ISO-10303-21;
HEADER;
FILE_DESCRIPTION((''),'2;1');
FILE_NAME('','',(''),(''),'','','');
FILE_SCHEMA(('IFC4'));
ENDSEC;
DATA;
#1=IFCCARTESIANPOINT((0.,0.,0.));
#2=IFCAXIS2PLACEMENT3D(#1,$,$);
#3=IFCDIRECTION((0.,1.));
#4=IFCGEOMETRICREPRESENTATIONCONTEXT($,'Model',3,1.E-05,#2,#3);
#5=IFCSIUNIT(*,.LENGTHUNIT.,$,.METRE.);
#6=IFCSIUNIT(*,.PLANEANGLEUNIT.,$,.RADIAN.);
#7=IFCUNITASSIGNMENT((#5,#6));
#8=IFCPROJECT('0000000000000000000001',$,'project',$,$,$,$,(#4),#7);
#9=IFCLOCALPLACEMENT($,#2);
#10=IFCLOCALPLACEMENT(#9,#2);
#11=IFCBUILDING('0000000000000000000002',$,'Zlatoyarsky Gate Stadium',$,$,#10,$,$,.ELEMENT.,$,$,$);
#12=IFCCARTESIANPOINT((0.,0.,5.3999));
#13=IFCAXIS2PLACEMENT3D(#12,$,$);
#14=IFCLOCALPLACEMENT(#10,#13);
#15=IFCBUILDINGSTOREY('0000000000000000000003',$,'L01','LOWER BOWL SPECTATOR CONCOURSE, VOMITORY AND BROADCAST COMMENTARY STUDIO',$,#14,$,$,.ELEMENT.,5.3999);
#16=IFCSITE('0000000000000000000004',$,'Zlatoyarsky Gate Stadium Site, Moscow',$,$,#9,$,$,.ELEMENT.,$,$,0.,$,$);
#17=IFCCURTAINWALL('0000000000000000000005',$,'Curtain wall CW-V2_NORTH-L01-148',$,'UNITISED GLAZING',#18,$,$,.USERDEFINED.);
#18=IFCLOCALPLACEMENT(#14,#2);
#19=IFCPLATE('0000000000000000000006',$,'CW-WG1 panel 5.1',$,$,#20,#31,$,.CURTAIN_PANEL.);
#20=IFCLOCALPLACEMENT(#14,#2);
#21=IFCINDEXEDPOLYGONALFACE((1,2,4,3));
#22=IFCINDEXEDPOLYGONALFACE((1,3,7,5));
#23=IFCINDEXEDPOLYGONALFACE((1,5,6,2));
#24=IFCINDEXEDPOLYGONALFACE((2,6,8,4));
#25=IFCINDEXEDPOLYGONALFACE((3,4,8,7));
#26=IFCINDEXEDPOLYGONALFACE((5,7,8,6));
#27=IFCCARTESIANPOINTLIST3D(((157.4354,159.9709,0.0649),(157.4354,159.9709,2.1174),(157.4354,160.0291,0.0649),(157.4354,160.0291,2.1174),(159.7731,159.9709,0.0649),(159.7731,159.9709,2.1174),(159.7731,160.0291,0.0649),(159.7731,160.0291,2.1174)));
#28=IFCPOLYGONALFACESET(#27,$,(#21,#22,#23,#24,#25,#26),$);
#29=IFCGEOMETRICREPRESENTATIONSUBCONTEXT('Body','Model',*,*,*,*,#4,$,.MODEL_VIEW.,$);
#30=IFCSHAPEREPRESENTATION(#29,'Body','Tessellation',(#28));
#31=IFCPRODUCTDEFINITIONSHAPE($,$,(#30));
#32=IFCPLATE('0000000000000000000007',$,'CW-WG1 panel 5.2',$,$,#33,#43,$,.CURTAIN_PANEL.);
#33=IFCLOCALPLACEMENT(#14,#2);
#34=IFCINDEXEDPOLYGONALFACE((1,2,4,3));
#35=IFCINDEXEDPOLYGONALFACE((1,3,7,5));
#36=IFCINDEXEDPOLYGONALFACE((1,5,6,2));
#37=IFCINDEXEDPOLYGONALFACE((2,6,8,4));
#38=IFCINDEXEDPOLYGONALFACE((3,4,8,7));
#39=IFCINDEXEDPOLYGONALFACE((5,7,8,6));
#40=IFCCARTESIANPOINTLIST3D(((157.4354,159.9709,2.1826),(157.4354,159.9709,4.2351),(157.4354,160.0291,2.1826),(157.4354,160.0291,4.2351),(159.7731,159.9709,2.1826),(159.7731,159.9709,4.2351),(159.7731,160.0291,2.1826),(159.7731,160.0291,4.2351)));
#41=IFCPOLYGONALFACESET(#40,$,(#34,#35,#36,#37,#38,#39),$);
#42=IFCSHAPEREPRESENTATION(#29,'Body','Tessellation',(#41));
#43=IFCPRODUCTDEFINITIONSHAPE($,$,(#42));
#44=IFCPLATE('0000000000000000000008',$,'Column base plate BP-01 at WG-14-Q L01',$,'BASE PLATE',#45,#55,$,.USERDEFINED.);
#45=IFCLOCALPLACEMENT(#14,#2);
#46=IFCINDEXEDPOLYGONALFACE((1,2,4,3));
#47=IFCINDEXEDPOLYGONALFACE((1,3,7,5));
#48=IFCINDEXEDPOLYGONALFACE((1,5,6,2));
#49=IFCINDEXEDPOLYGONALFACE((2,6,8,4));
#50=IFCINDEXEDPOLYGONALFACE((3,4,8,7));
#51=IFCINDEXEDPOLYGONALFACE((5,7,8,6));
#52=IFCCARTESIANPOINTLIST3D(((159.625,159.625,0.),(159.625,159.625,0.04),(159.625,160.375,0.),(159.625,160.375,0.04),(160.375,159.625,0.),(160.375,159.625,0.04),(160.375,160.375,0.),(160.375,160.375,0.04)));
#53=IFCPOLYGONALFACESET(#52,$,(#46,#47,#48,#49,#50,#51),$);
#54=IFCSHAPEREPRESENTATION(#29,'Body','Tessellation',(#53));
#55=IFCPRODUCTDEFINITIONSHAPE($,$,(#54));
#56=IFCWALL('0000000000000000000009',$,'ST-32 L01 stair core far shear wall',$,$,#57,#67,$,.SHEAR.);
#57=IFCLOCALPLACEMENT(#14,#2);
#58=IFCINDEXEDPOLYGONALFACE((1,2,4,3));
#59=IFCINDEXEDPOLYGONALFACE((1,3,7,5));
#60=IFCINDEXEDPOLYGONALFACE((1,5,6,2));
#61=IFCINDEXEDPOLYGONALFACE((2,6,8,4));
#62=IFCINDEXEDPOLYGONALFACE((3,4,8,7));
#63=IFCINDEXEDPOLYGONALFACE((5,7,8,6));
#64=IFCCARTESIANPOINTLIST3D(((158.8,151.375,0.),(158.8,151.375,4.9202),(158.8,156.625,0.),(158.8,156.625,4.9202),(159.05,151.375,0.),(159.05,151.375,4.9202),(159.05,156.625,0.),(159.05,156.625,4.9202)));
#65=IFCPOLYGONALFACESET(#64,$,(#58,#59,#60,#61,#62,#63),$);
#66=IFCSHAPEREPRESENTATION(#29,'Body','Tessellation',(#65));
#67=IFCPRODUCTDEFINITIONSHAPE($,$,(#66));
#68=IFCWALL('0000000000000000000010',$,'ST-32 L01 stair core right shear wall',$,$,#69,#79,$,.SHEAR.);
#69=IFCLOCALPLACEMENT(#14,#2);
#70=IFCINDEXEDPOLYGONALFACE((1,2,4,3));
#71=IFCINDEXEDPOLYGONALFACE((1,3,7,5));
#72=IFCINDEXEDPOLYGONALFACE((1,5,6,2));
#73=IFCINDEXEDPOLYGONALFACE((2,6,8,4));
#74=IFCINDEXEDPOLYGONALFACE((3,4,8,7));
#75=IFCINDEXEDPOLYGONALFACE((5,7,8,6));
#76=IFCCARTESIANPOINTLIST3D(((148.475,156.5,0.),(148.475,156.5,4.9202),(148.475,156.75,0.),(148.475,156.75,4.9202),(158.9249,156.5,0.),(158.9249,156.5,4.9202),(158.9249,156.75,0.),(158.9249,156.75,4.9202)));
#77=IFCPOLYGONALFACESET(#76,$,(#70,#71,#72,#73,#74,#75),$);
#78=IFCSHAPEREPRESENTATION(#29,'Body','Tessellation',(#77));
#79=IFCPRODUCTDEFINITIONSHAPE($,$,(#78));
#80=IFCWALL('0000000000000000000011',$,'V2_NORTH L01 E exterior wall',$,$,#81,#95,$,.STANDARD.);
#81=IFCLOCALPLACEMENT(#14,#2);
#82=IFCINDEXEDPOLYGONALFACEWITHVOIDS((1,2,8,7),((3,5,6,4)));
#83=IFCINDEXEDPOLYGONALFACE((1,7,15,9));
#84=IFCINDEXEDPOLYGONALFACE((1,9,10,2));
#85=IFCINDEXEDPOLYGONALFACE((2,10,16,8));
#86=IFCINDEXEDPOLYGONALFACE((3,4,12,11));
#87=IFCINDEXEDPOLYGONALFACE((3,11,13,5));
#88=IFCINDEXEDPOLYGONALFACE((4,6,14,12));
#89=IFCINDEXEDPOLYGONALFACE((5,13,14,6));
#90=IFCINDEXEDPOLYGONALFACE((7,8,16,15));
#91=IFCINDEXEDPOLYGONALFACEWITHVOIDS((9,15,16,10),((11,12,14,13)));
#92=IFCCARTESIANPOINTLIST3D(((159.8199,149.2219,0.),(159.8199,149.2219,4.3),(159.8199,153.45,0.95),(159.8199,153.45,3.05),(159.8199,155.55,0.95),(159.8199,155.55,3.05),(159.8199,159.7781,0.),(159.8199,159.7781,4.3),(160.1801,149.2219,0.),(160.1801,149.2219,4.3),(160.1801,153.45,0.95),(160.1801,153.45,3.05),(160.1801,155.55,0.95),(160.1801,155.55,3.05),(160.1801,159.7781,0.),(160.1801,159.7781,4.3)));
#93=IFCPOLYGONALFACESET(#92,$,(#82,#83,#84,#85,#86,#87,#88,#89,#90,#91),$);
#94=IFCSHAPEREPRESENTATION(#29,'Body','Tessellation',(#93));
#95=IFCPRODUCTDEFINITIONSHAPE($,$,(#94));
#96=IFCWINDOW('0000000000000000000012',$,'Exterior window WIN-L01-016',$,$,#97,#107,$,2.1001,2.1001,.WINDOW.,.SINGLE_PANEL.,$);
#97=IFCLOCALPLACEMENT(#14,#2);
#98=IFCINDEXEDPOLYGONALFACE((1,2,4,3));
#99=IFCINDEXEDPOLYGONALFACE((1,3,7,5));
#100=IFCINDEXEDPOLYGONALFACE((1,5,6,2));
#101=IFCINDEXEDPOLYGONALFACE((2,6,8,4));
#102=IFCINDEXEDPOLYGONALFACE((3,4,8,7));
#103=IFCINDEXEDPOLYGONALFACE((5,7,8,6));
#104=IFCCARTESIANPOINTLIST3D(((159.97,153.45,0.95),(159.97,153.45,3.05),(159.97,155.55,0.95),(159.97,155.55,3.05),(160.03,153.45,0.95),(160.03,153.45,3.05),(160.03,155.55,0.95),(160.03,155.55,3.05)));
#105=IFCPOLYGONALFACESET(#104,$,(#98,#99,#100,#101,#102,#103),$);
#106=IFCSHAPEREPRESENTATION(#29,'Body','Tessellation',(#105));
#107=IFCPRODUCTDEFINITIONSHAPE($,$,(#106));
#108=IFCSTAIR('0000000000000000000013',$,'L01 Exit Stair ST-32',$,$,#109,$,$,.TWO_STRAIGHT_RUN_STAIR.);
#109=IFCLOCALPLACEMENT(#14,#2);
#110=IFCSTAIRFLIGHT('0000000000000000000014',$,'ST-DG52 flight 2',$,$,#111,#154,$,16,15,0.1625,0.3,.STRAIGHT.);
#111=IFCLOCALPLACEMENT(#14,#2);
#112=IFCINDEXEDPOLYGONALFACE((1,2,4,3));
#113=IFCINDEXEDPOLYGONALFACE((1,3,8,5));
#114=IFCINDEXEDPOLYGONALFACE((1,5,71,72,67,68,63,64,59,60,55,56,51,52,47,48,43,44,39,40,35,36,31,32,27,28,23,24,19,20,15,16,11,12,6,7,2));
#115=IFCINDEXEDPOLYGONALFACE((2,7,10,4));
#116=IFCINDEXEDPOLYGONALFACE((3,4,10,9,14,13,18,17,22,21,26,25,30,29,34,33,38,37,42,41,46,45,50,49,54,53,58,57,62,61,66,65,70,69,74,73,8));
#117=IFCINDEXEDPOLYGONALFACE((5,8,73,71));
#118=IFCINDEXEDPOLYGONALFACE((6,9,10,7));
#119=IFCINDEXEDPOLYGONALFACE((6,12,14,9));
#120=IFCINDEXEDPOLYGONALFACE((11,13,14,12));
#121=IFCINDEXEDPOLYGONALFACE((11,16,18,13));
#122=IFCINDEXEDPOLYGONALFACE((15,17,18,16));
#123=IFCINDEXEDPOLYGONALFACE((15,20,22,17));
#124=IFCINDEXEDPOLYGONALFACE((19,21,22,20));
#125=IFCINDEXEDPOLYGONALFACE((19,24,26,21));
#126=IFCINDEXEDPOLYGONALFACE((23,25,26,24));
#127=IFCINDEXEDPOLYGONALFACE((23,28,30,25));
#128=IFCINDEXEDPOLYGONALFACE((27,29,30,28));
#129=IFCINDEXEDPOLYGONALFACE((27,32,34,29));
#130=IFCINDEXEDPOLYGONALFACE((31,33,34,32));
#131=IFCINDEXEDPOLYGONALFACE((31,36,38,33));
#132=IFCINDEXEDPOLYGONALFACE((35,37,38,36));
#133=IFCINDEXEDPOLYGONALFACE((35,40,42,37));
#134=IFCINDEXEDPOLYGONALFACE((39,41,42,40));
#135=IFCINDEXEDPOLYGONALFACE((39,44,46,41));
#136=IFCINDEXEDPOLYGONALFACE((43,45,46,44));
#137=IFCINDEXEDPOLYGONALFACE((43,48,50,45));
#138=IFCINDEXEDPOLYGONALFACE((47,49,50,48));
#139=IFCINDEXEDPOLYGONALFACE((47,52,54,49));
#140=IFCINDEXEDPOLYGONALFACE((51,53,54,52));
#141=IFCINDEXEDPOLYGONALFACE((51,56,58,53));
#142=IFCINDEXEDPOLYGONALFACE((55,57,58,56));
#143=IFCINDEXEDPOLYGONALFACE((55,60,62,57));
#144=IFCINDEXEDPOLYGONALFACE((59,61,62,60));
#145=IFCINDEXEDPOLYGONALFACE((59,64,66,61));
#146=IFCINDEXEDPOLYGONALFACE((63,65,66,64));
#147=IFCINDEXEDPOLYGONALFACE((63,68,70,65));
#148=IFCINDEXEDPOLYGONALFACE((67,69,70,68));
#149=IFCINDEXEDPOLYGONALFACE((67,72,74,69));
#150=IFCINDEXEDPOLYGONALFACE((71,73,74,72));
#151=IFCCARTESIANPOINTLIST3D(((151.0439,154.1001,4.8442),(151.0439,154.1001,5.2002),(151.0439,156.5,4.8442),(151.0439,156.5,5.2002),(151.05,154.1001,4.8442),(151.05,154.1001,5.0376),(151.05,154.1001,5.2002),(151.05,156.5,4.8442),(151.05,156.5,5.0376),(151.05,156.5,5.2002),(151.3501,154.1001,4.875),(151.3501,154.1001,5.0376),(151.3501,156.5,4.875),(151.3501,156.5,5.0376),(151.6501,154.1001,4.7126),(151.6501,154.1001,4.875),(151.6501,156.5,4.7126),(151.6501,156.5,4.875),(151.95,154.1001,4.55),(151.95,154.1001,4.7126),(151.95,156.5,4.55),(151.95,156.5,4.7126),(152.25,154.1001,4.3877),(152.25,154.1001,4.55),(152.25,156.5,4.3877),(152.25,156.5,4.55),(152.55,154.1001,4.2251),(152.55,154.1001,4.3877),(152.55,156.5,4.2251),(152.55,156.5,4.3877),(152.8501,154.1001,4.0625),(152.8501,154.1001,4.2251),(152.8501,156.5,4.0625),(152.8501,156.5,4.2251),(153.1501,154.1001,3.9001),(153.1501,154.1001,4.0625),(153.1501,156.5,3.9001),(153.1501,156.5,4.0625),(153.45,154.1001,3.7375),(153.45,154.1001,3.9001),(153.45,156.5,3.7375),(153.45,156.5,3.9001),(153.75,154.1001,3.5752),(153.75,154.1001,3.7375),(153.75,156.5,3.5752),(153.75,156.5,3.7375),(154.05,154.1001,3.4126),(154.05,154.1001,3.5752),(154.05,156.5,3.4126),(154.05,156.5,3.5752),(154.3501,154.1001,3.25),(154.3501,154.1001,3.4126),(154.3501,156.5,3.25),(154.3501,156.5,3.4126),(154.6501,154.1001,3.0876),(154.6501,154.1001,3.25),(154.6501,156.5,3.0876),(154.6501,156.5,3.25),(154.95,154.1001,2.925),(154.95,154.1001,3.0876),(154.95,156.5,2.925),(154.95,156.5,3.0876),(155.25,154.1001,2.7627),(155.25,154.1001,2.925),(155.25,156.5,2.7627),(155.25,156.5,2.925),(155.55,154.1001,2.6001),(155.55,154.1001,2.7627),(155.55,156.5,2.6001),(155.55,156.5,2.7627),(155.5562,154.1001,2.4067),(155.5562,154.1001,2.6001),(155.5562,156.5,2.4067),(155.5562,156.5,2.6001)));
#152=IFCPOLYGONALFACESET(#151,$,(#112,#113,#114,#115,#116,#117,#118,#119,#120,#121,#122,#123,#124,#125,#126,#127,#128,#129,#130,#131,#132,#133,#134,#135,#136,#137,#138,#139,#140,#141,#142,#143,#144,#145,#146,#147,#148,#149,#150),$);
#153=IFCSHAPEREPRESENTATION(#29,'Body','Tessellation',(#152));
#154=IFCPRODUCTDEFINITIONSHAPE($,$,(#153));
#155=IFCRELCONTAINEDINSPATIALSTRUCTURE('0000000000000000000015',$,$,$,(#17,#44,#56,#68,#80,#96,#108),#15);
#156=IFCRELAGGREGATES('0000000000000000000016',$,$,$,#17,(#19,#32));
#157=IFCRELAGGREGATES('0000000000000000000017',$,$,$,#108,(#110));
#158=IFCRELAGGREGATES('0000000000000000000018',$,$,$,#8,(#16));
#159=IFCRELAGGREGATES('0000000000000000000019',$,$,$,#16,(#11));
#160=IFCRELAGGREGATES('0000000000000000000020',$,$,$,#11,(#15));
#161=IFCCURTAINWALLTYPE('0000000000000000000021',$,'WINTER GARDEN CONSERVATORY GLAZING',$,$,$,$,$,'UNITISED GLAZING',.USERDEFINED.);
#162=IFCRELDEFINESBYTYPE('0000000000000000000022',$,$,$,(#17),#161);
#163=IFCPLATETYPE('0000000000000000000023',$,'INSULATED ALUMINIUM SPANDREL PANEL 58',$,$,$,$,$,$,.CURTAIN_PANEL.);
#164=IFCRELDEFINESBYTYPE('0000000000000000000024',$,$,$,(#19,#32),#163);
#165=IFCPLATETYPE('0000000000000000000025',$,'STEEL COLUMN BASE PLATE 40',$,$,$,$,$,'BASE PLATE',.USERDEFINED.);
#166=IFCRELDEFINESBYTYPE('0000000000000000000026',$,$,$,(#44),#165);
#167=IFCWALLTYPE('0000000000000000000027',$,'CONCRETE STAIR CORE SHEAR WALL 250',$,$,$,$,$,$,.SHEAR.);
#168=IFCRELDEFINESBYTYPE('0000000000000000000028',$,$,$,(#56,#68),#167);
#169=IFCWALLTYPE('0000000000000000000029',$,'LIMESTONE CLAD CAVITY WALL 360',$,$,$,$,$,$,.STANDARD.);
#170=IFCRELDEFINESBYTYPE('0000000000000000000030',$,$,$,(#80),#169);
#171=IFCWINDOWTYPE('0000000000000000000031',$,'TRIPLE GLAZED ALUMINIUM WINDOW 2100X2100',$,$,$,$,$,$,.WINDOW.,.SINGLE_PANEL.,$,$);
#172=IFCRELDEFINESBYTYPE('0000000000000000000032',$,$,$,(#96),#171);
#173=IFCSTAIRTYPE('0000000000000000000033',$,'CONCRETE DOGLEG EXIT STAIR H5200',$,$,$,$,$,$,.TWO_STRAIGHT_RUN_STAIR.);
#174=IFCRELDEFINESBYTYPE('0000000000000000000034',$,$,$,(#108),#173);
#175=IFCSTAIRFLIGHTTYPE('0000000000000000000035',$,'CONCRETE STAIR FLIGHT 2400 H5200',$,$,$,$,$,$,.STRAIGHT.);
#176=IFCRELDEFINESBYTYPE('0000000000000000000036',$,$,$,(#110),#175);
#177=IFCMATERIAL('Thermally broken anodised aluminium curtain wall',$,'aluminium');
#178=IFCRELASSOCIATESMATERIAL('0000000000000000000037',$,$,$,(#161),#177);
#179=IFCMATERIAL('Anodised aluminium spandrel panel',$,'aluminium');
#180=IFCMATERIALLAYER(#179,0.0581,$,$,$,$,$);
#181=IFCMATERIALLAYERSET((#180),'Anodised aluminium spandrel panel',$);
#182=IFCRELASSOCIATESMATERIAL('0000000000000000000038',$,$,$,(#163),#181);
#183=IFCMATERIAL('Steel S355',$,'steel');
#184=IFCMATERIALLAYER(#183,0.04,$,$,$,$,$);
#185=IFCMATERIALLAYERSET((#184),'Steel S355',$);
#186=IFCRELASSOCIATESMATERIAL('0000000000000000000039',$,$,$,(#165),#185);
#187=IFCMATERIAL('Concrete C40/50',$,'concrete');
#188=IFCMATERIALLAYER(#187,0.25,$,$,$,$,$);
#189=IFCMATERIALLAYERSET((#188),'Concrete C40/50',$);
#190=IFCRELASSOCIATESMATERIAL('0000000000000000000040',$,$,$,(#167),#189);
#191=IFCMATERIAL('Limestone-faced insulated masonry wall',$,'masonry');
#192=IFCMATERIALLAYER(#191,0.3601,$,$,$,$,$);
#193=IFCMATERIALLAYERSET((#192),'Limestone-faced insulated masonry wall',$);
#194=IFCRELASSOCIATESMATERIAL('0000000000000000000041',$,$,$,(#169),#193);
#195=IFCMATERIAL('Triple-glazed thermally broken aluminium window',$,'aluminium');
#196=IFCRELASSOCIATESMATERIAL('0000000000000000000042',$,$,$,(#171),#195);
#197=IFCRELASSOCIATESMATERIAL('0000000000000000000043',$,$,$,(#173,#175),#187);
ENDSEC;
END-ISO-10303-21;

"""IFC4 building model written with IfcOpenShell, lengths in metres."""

from ifc_helpers import new_model, si_unit, direction, frame, frame_2d, origin, origin_2d, place, context, subcontext, project, spatial, polyline, rectangle, outline, extrude, material, layer, layer_set, type_object, element, fill, aggregate, save


model = new_model("IFC4")

# Units and contexts
model_context = context("Model", 3, precision=1e-05, world=origin(), true_north=direction((0.0, 1.0)))
body_context = subcontext(model_context, "Body", "Model", "MODEL_VIEW")
ifc_project = project(units=[si_unit("LENGTHUNIT", "METRE"), si_unit("PLANEANGLEUNIT", "RADIAN")], contexts=[model_context])

# Site, building, storey
site_placement = place(None, origin())
site = spatial("IfcSite", under=ifc_project, at=site_placement, Name="Zlatoyarsky Gate Stadium Site, Moscow", CompositionType="ELEMENT", RefElevation=0.0)
building_placement = place(site_placement, origin())
building = spatial("IfcBuilding", under=site, at=building_placement, Name="Zlatoyarsky Gate Stadium", CompositionType="ELEMENT")
storey_placement = place(building_placement, frame((0.0, 0.0, 5.3999)))
storey = spatial("IfcBuildingStorey", under=building, at=storey_placement, Name="L01", Description="LOWER BOWL SPECTATOR CONCOURSE, VOMITORY AND BROADCAST COMMENTARY STUDIO", CompositionType="ELEMENT", Elevation=5.3999)

# Shared definitions
ifc_material_1 = material(Name="Steel S355", Category="steel")

# Curtain wall
ifc_material_2 = material(Name="Thermally broken anodised aluminium curtain wall", Category="aluminium")
curtain_wall_type = type_object("IfcCurtainWallType", Name="WINTER GARDEN CONSERVATORY GLAZING", ElementType="UNITISED GLAZING", PredefinedType="USERDEFINED", material=ifc_material_2)
curtain_wall_placement = place(storey_placement, origin())
curtain_wall = element("IfcCurtainWall", 1, at=curtain_wall_placement, inside=storey, type_object=curtain_wall_type, Name="Curtain wall CW-V2_NORTH-L01-148", ObjectType="UNITISED GLAZING", PredefinedType="USERDEFINED")

# Plates
ifc_material_3 = material(Name="Anodised aluminium spandrel panel", Category="aluminium")
ifc_layer_1 = layer(ifc_material_3, 0.0581)
ifc_layer_set_1 = layer_set([ifc_layer_1], Name="Anodised aluminium spandrel panel")
plate_type_1 = type_object("IfcPlateType", Name="INSULATED ALUMINIUM SPANDREL PANEL 58", PredefinedType="CURTAIN_PANEL", material=ifc_layer_set_1)
plate_1_placement = place(storey_placement, frame((158.6042, 160.0, 0.0649), z_axis=(0.0, 0.0, 1.0), x_axis=(1.0, 0.0, 0.0)))
plate_1 = element("IfcPlate", 2, at=plate_1_placement, type_object=plate_type_1, Name="CW-WG1 panel 5.1", PredefinedType="CURTAIN_PANEL", context=body_context, shape_type="SweptSolid", body=[
    extrude(rectangle(XDim=2.3376, YDim=0.0581, at=origin_2d()), origin(), (0.0, 0.0, 1.0), 2.0525),
])
plate_2_placement = place(storey_placement, frame((158.6042, 160.0, 2.1826), z_axis=(0.0, 0.0, 1.0), x_axis=(1.0, 0.0, 0.0)))
plate_2 = element("IfcPlate", 3, at=plate_2_placement, type_object=plate_type_1, Name="CW-WG1 panel 5.2", PredefinedType="CURTAIN_PANEL", context=body_context, shape_type="SweptSolid", body=[
    extrude(rectangle(XDim=2.3376, YDim=0.0581, at=origin_2d()), origin(), (0.0, 0.0, 1.0), 2.0525),
])
aggregate(curtain_wall, [plate_1, plate_2])
ifc_layer_2 = layer(ifc_material_1, 0.04)
ifc_layer_set_2 = layer_set([ifc_layer_2], Name="Steel S355")
plate_type_2 = type_object("IfcPlateType", Name="STEEL COLUMN BASE PLATE 40", ElementType="BASE PLATE", PredefinedType="USERDEFINED", material=ifc_layer_set_2)
plate_3_placement = place(storey_placement, frame((160.0, 160.0, 0.0), z_axis=(0.0, 0.0, 1.0), x_axis=(1.0, 0.0, 0.0)))
element("IfcPlate", 4, at=plate_3_placement, inside=storey, type_object=plate_type_2, Name="Column base plate BP-01 at WG-14-Q L01", ObjectType="BASE PLATE", PredefinedType="USERDEFINED", context=body_context, shape_type="SweptSolid", body=[
    extrude(rectangle(XDim=0.75, YDim=0.75, at=origin_2d()), origin(), (0.0, 0.0, 1.0), 0.04),
])

# Walls
ifc_material_4 = material(Name="Concrete C40/50", Category="concrete")
ifc_layer_3 = layer(ifc_material_4, 0.25)
ifc_layer_set_3 = layer_set([ifc_layer_3], Name="Concrete C40/50")
wall_type_1 = type_object("IfcWallType", Name="CONCRETE STAIR CORE SHEAR WALL 250", PredefinedType="SHEAR", material=ifc_layer_set_3)
wall_1_placement = place(storey_placement, frame((158.925, 151.375, 0.0), z_axis=(0.0, 0.0, 1.0), x_axis=(0.0, 1.0, 0.0)))
element("IfcWall", 5, at=wall_1_placement, inside=storey, type_object=wall_type_1, Name="ST-32 L01 stair core far shear wall", PredefinedType="SHEAR", context=body_context, shape_type="SweptSolid", body=[
    extrude(rectangle(XDim=5.25, YDim=0.25, at=frame_2d((2.625, 0.0))), origin(), (0.0, 0.0, 1.0), 4.9202),
])
wall_2_placement = place(storey_placement, frame((158.925, 156.625, 0.0), z_axis=(0.0, 0.0, 1.0), x_axis=(-1.0, 0.0, 0.0)))
element("IfcWall", 6, at=wall_2_placement, inside=storey, type_object=wall_type_1, Name="ST-32 L01 stair core right shear wall", PredefinedType="SHEAR", context=body_context, shape_type="SweptSolid", body=[
    extrude(rectangle(XDim=10.45, YDim=0.25, at=frame_2d((5.2251, 0.0))), origin(), (0.0, 0.0, 1.0), 4.9202),
])

# Wall, opening, window
ifc_material_5 = material(Name="Limestone-faced insulated masonry wall", Category="masonry")
ifc_layer_4 = layer(ifc_material_5, 0.3601)
ifc_layer_set_4 = layer_set([ifc_layer_4], Name="Limestone-faced insulated masonry wall")
wall_type_2 = type_object("IfcWallType", Name="LIMESTONE CLAD CAVITY WALL 360", PredefinedType="STANDARD", material=ifc_layer_set_4)
wall_3_placement = place(storey_placement, frame((160.0, 149.2219, 0.0), z_axis=(0.0, 0.0, 1.0), x_axis=(0.0, 1.0, 0.0)))
wall_3 = element("IfcWall", 7, at=wall_3_placement, inside=storey, type_object=wall_type_2, Name="V2_NORTH L01 E exterior wall", PredefinedType="STANDARD", context=body_context, shape_type="SweptSolid", body=[
    extrude(rectangle(XDim=10.5562, YDim=0.3601, at=frame_2d((5.2781, 0.0))), origin(), (0.0, 0.0, 1.0), 4.3),
])
opening_placement = place(wall_3_placement, frame((4.228, 0.0, 0.95)))
opening = element("IfcOpeningElement", 8, at=opening_placement, cuts=wall_3, PredefinedType="OPENING", context=body_context, shape_type="SweptSolid", body=[
    extrude(rectangle(XDim=2.1001, YDim=2.1001, at=frame_2d((1.05, 1.05))), frame((0.0, 0.1899, 0.0), z_axis=(0.0, -1.0, 0.0), x_axis=(1.0, 0.0, 0.0)), (0.0, 0.0, 1.0), 0.3801),
])
ifc_material_6 = material(Name="Triple-glazed thermally broken aluminium window", Category="aluminium")
window_type = type_object("IfcWindowType", Name="TRIPLE GLAZED ALUMINIUM WINDOW 2100X2100", PartitioningType="SINGLE_PANEL", PredefinedType="WINDOW", material=ifc_material_6)
window_placement = place(opening_placement, origin())
window = element("IfcWindow", 9, at=window_placement, inside=storey, type_object=window_type, Name="Exterior window WIN-L01-016", OverallHeight=2.1001, OverallWidth=2.1001, PartitioningType="SINGLE_PANEL", PredefinedType="WINDOW", context=body_context, shape_type="SweptSolid", body=[
    extrude(rectangle(XDim=2.1001, YDim=2.1001, at=frame_2d((1.05, 1.05))), frame((0.0, 0.03, 0.0), z_axis=(0.0, -1.0, 0.0), x_axis=(1.0, 0.0, 0.0)), (0.0, 0.0, 1.0), 0.0601),
])
fill(opening, window)

# Stair, stair flight
stair_type = type_object("IfcStairType", Name="CONCRETE DOGLEG EXIT STAIR H5200", PredefinedType="TWO_STRAIGHT_RUN_STAIR", material=ifc_material_4)
stair_placement = place(storey_placement, origin())
stair = element("IfcStair", 10, at=stair_placement, inside=storey, type_object=stair_type, Name="L01 Exit Stair ST-32", PredefinedType="TWO_STRAIGHT_RUN_STAIR")
stair_flight_type = type_object("IfcStairFlightType", Name="CONCRETE STAIR FLIGHT 2400 H5200", PredefinedType="STRAIGHT", material=ifc_material_4)
stair_flight_placement = place(storey_placement, frame((155.55, 155.3, 2.6001), z_axis=(0.0, 0.0, 1.0), x_axis=(-1.0, 0.0, 0.0)))
stair_flight = element("IfcStairFlight", 11, at=stair_flight_placement, type_object=stair_flight_type, Name="ST-DG52 flight 2", NumberOfRisers=16, NumberOfTreads=15, PredefinedType="STRAIGHT", RiserHeight=0.1625, TreadLength=0.3, context=body_context, shape_type="SweptSolid", body=[
    extrude(outline(polyline([(-0.0061, -0.1934), (-0.0061, 0.0), (0.0, 0.0), (0.0, 0.1626), (0.3, 0.1626), (0.3, 0.325), (0.6001, 0.325), (0.6001, 0.4875), (0.8999, 0.4875), (0.8999, 0.6499), (1.2, 0.6499), (1.2, 0.8125), (1.5, 0.8125), (1.5, 0.9751), (1.8, 0.9751), (1.8, 1.1375), (2.1001, 1.1375), (2.1001, 1.3), (2.3999, 1.3), (2.3999, 1.4624), (2.7, 1.4624), (2.7, 1.625), (3.0, 1.625), (3.0, 1.7876), (3.3, 1.7876), (3.3, 1.95), (3.6001, 1.95), (3.6001, 2.1125), (3.8999, 2.1125), (3.8999, 2.2749), (4.2, 2.2749), (4.2, 2.4375), (4.5, 2.4375), (4.5, 2.6001), (4.5061, 2.6001), (4.5061, 2.2441), (4.5, 2.2441), (-0.0061, -0.1934)])), frame((0.0, 1.2, 0.0), z_axis=(0.0, -1.0, 0.0), x_axis=(1.0, 0.0, 0.0)), (0.0, 0.0, 1.0), 2.3999),
])
aggregate(stair, [stair_flight])

save(model, "model.ifc")
